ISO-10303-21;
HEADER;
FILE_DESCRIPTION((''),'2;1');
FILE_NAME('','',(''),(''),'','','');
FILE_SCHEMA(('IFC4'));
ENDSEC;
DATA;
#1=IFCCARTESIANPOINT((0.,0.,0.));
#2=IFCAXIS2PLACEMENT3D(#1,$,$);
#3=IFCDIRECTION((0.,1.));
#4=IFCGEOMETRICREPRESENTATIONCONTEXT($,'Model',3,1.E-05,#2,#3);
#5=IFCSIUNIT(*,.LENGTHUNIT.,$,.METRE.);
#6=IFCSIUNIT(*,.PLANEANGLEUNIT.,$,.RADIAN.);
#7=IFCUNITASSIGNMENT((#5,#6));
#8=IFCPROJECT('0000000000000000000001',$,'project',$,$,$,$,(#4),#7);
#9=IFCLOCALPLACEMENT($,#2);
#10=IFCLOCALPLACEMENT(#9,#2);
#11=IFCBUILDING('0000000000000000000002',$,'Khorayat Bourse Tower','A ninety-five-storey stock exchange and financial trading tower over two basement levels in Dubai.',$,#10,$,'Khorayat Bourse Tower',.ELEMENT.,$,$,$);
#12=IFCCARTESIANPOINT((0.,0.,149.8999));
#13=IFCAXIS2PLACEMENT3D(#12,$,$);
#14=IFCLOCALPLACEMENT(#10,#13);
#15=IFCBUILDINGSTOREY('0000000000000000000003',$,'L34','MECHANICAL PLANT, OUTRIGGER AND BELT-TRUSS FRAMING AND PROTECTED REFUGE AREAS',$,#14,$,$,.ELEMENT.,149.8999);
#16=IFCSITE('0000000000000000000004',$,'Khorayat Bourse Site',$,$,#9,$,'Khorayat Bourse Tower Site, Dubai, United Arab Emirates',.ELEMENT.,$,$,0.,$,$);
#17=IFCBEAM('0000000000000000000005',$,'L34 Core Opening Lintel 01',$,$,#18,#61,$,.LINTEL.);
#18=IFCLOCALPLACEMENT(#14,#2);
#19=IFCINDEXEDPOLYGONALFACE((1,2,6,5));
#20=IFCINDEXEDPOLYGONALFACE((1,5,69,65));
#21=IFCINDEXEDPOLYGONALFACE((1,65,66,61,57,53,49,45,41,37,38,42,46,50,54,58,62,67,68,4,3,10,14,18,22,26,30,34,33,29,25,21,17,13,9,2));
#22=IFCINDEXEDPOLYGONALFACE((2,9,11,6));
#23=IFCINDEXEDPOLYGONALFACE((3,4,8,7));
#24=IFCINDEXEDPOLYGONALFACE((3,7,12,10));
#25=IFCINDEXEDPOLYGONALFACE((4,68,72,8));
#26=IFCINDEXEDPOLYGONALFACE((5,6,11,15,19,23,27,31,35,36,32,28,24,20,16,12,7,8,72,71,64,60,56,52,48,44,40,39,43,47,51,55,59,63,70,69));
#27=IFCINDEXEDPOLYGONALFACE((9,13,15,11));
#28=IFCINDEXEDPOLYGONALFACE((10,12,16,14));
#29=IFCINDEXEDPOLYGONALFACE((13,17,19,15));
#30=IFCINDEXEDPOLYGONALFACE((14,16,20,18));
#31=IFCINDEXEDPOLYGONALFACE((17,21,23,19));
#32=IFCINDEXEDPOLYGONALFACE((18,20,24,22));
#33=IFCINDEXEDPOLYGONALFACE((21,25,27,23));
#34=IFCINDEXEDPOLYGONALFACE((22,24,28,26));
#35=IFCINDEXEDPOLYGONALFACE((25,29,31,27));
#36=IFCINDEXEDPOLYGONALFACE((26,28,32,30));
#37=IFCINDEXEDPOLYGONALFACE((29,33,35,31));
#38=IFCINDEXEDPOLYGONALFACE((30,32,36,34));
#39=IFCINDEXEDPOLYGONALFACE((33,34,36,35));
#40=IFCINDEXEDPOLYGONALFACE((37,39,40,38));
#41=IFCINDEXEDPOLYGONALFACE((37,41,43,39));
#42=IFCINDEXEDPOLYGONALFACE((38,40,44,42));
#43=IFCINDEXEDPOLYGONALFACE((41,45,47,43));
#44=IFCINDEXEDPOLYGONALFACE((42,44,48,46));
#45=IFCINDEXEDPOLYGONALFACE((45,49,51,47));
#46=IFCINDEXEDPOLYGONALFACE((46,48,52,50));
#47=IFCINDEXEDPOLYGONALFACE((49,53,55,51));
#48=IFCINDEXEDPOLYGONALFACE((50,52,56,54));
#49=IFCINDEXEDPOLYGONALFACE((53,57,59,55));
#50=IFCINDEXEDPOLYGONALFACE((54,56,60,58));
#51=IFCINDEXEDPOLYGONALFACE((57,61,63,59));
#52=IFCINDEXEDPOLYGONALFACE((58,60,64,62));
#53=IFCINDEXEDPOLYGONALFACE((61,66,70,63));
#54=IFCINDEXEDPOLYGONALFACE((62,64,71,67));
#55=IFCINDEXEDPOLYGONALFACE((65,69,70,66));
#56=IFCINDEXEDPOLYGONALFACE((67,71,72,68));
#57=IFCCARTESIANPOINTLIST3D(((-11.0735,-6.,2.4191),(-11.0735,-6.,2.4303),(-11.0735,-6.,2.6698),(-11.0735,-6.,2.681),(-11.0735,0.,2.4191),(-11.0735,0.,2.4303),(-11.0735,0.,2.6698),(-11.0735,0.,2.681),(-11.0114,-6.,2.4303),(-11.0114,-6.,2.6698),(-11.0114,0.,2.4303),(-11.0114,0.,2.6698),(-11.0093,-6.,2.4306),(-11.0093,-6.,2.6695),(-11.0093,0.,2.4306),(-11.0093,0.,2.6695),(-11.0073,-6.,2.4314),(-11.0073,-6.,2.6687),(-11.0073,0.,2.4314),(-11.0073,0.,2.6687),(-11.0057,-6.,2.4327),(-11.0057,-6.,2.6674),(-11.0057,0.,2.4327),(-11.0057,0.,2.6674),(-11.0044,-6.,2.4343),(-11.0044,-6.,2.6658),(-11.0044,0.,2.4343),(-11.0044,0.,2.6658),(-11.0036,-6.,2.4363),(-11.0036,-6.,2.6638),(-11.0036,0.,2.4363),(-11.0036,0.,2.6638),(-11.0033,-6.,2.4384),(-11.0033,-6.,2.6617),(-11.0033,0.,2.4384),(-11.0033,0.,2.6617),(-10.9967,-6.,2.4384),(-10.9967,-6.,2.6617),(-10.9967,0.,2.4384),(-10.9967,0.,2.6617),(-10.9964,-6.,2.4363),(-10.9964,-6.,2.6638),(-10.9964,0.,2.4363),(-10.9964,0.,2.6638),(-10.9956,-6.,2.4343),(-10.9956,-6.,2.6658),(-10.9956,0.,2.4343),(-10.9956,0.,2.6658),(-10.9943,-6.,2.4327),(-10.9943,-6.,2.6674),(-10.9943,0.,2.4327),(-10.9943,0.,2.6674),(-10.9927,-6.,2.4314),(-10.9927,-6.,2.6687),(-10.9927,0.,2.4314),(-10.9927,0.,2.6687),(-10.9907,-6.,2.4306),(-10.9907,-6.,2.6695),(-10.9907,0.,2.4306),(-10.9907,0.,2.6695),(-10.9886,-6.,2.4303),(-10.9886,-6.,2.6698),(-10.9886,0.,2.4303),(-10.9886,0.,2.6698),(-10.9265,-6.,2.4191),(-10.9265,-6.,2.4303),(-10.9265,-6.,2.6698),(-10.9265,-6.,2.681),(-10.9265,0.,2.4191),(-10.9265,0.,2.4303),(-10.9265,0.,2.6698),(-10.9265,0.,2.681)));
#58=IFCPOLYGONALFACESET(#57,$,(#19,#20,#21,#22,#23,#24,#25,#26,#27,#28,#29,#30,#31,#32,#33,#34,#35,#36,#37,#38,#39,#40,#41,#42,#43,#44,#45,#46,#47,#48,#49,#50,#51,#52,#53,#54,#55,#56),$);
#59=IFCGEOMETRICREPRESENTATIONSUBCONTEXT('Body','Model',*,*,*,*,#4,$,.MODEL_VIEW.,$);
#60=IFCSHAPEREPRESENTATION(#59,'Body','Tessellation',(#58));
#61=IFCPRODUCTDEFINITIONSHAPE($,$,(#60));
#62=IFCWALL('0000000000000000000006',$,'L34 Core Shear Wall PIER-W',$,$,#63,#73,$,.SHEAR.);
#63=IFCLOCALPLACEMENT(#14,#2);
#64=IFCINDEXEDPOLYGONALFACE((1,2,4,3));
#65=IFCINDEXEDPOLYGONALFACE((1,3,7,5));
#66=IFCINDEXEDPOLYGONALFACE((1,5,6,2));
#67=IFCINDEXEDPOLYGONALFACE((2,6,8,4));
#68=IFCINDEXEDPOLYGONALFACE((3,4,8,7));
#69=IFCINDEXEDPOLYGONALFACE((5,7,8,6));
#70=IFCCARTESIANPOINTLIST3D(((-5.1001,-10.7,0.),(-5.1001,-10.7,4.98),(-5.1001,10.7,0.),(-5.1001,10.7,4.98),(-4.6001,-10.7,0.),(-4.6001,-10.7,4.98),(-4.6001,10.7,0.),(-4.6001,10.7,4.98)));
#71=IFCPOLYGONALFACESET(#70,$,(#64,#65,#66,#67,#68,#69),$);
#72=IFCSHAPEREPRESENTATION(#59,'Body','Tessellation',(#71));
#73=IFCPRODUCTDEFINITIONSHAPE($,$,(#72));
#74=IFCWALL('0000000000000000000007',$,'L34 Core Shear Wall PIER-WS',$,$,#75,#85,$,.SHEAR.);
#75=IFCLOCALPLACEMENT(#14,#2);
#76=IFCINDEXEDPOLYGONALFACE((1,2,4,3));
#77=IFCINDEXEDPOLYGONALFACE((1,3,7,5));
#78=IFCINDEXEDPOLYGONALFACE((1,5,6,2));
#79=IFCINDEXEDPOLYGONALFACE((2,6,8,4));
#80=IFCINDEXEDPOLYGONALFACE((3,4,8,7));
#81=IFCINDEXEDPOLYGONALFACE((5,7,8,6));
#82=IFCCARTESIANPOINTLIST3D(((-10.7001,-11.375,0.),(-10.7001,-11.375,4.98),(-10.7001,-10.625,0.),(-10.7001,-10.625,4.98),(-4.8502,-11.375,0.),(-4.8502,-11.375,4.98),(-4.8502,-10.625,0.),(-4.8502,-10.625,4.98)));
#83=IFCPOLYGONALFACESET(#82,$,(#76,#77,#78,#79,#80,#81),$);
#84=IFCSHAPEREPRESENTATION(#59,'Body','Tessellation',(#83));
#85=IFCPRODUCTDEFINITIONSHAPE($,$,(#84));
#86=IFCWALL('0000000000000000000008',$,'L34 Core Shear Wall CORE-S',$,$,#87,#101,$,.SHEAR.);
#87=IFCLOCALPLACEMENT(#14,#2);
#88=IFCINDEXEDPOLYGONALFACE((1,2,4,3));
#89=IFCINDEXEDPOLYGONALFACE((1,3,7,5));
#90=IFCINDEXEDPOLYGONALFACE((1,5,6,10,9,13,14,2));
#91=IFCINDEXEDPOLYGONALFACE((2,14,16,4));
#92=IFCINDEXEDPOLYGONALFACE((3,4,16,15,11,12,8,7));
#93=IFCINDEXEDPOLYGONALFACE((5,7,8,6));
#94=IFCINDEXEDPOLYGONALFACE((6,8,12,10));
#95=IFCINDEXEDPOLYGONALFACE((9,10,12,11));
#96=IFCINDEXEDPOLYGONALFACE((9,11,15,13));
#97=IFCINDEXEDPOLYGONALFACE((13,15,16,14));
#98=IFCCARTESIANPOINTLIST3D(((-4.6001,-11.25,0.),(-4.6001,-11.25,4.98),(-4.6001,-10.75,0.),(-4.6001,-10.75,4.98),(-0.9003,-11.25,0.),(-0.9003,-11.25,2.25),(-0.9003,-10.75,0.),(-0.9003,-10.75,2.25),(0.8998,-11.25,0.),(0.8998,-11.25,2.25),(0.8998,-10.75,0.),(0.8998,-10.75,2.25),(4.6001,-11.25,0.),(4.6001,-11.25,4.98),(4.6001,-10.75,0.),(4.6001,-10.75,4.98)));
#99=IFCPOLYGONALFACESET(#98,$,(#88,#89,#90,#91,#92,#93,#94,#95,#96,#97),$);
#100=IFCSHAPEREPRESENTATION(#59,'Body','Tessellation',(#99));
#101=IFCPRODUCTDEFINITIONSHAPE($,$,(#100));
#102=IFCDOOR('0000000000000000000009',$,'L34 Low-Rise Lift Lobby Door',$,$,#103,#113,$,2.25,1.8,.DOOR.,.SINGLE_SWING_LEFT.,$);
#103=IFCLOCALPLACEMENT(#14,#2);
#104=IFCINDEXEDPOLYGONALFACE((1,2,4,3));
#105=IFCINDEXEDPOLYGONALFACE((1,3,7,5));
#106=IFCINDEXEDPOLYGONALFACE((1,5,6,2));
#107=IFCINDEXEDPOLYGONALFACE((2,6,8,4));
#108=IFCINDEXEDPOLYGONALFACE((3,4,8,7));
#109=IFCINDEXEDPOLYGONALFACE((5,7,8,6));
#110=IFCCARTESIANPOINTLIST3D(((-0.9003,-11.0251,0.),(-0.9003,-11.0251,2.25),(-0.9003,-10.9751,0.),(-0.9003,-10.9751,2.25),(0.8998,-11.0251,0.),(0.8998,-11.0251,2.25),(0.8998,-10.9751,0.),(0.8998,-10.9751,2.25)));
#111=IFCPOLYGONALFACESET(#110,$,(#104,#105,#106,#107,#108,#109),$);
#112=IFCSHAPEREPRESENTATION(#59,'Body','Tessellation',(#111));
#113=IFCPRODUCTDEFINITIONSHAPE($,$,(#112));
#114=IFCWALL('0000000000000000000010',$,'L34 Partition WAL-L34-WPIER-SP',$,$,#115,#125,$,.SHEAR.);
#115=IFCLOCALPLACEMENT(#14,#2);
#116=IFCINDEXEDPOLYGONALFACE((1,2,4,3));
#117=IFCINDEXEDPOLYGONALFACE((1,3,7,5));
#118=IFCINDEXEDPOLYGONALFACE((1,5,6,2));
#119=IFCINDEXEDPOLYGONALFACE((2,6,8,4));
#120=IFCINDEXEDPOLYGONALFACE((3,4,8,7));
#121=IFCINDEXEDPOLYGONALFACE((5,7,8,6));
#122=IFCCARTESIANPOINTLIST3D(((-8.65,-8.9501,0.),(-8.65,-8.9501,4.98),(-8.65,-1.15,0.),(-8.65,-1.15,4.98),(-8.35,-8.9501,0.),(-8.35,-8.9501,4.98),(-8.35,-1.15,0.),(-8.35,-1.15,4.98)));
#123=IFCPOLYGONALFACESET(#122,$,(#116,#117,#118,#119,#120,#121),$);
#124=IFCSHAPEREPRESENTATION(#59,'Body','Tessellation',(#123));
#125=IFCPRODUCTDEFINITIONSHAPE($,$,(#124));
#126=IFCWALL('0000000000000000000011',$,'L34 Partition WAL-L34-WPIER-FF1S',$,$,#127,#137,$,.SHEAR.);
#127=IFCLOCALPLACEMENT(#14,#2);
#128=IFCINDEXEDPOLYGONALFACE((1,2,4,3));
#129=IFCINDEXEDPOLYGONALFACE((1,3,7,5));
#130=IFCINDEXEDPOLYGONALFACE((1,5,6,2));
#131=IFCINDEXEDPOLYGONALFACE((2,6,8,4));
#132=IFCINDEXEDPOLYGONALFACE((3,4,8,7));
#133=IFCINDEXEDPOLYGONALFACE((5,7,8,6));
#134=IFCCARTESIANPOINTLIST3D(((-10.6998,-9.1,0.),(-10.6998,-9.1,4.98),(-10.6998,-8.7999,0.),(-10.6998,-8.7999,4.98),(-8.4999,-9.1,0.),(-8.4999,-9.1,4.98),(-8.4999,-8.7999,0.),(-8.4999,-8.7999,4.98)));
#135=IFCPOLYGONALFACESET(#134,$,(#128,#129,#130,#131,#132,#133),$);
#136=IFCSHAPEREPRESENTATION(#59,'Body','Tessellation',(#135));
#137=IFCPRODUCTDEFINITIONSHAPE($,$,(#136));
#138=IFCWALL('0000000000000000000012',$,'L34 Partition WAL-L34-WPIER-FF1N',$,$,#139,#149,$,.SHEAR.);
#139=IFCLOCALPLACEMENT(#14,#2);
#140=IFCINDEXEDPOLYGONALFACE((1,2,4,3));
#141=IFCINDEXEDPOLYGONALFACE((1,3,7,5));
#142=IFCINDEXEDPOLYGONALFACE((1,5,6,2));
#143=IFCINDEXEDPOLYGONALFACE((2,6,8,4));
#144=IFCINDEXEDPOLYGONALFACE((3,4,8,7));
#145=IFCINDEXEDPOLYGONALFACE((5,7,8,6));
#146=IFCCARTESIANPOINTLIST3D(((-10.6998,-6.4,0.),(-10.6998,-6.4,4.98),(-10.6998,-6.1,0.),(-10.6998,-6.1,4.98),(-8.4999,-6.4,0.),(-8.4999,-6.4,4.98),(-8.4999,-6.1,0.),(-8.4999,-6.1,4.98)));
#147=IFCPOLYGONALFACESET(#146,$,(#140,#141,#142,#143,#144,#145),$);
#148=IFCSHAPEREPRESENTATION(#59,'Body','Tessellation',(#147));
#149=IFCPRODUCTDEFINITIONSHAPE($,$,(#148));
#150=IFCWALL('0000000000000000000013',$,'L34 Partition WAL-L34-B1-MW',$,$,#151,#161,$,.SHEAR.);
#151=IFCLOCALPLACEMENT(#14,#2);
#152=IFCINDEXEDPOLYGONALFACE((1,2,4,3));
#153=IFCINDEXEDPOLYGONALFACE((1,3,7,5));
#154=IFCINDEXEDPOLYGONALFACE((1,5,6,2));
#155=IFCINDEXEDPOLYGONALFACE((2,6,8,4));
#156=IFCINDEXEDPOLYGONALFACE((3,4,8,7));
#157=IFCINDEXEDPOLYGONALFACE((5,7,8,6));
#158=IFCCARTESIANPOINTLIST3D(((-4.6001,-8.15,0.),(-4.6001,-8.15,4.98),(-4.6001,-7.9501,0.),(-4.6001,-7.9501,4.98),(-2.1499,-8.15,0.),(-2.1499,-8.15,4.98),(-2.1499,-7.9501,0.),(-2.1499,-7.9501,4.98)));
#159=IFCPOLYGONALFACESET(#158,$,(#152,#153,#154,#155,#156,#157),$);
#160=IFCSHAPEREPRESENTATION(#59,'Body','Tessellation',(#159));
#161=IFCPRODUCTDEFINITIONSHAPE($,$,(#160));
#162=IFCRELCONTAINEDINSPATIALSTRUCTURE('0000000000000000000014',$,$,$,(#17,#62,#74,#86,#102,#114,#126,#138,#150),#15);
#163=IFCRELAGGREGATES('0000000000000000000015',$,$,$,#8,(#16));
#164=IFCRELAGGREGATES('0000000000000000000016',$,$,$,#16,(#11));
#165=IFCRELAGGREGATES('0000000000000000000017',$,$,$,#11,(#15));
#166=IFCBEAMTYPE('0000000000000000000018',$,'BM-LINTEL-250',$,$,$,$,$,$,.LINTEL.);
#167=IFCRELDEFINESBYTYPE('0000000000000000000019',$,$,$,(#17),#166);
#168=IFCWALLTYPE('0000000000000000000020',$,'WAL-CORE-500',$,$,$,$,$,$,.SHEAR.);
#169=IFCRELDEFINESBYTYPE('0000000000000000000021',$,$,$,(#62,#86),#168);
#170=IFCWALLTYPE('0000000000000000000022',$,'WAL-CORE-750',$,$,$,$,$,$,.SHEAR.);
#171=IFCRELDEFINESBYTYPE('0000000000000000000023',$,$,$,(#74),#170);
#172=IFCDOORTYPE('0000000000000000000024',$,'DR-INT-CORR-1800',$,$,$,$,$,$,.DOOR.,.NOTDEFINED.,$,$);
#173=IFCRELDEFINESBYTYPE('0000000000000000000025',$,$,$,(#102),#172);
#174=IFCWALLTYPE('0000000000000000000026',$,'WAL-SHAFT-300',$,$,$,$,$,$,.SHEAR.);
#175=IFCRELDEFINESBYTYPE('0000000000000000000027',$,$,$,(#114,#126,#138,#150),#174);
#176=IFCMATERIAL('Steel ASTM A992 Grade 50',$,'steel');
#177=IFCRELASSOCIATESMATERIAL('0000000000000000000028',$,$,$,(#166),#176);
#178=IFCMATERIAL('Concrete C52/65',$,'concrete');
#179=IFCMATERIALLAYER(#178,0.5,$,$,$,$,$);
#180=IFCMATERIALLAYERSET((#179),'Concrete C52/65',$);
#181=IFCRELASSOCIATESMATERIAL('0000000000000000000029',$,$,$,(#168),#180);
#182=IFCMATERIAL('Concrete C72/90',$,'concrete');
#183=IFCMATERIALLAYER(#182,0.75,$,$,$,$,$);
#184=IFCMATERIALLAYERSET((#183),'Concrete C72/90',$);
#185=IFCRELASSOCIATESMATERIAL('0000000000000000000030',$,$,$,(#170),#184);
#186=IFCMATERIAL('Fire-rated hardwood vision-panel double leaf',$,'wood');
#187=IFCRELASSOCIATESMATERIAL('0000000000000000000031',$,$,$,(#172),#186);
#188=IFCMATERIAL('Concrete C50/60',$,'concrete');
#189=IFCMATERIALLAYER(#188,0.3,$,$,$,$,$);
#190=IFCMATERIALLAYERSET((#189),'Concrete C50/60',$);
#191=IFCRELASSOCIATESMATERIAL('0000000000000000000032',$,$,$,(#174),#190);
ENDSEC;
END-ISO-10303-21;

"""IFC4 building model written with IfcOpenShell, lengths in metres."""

from ifc_helpers import new_model, si_unit, direction, frame, frame_2d, origin, origin_2d, place, context, subcontext, project, spatial, rectangle, i_section, extrude, source, transform, mapped, material, layer, layer_set, material_profile, profile_set, type_object, element, fill, save


model = new_model("IFC4")

# Units and contexts
model_context = context("Model", 3, precision=1e-05, world=origin(), true_north=direction((0.0, 1.0)))
body_context = subcontext(model_context, "Body", "Model", "MODEL_VIEW")
ifc_project = project(units=[si_unit("LENGTHUNIT", "METRE"), si_unit("PLANEANGLEUNIT", "RADIAN")], contexts=[model_context])

# Site, building, storey
site_placement = place(None, origin())
site = spatial("IfcSite", under=ifc_project, at=site_placement, Name="Khorayat Bourse Site", LongName="Khorayat Bourse Tower Site, Dubai, United Arab Emirates", CompositionType="ELEMENT", RefElevation=0.0)
building_placement = place(site_placement, origin())
building = spatial("IfcBuilding", under=site, at=building_placement, Name="Khorayat Bourse Tower", Description="A ninety-five-storey stock exchange and financial trading tower over two basement levels in Dubai.", LongName="Khorayat Bourse Tower", CompositionType="ELEMENT")
storey_placement = place(building_placement, frame((0.0, 0.0, 149.8999)))
storey = spatial("IfcBuildingStorey", under=building, at=storey_placement, Name="L34", Description="MECHANICAL PLANT, OUTRIGGER AND BELT-TRUSS FRAMING AND PROTECTED REFUGE AREAS", CompositionType="ELEMENT", Elevation=149.8999)

# Beam
ifc_material_1 = material(Name="Concrete C72/90", Category="concrete")
ifc_material_2 = material(Name="Steel ASTM A992 Grade 50", Category="steel")
ifc_material_profile_1 = material_profile(ifc_material_2, i_section(OverallWidth=0.147, OverallDepth=0.262, WebThickness=0.0066, FlangeThickness=0.0112, FilletRadius=0.0081, at=origin_2d()), Name="W250X39")
ifc_profile_set_1 = profile_set([ifc_material_profile_1], Name="Steel ASTM A992 Grade 50")
beam_type_1 = type_object("IfcBeamType", Name="BM-LINTEL-250", PredefinedType="LINTEL", material=ifc_profile_set_1)
shared_shape_1 = source(origin(), body_context, "Body", "SweptSolid", [
    extrude(i_section(OverallWidth=0.147, OverallDepth=0.262, WebThickness=0.0066, FlangeThickness=0.0112, FilletRadius=0.0081, at=origin_2d()), origin(), (0.0, 0.0, 1.0), 6.0),
])
beam_1_placement = place(storey_placement, frame((-11.0, -6.0, 2.55), z_axis=(0.0, 1.0, 0.0), x_axis=(-1.0, 0.0, 0.0)))
element("IfcBeam", 1, at=beam_1_placement, inside=storey, type_object=beam_type_1, Name="L34 Core Opening Lintel 01", PredefinedType="LINTEL", context=body_context, shape_type="MappedRepresentation", body=[
    mapped(shared_shape_1, transform((0.0, 0.0, 0.0), scale=1.0)),
])

# Walls
ifc_material_3 = material(Name="Concrete C52/65", Category="concrete")
ifc_layer_1 = layer(ifc_material_3, 0.5)
ifc_layer_set_1 = layer_set([ifc_layer_1], Name="Concrete C52/65")
wall_type_1 = type_object("IfcWallType", Name="WAL-CORE-500", PredefinedType="SHEAR", material=ifc_layer_set_1)
shared_shape_2 = source(origin(), body_context, "Body", "SweptSolid", [
    extrude(rectangle(XDim=21.3999, YDim=0.5, at=frame_2d((10.7, 0.0))), origin(), (0.0, 0.0, 1.0), 4.98),
])
wall_1_placement = place(storey_placement, frame((-4.8501, -10.7, 0.0), z_axis=(0.0, 0.0, 1.0), x_axis=(0.0, 1.0, 0.0)))
element("IfcWall", 2, at=wall_1_placement, inside=storey, type_object=wall_type_1, Name="L34 Core Shear Wall PIER-W", PredefinedType="SHEAR", context=body_context, shape_type="MappedRepresentation", body=[
    mapped(shared_shape_2, transform((0.0, 0.0, 0.0), scale=1.0)),
])
ifc_layer_2 = layer(ifc_material_1, 0.75)
ifc_layer_set_2 = layer_set([ifc_layer_2], Name="Concrete C72/90")
wall_type_2 = type_object("IfcWallType", Name="WAL-CORE-750", PredefinedType="SHEAR", material=ifc_layer_set_2)
shared_shape_3 = source(origin(), body_context, "Body", "SweptSolid", [
    extrude(rectangle(XDim=5.8499, YDim=0.75, at=frame_2d((2.9248, 0.0))), origin(), (0.0, 0.0, 1.0), 4.98),
])
wall_2_placement = place(storey_placement, frame((-10.7, -11.0, 0.0), z_axis=(0.0, 0.0, 1.0), x_axis=(1.0, 0.0, 0.0)))
element("IfcWall", 3, at=wall_2_placement, inside=storey, type_object=wall_type_2, Name="L34 Core Shear Wall PIER-WS", PredefinedType="SHEAR", context=body_context, shape_type="MappedRepresentation", body=[
    mapped(shared_shape_3, transform((0.0, 0.0, 0.0), scale=1.0)),
])

# Wall, opening, door
shared_shape_4 = source(origin(), body_context, "Body", "SweptSolid", [
    extrude(rectangle(XDim=9.2002, YDim=0.5, at=frame_2d((4.6001, 0.0))), origin(), (0.0, 0.0, 1.0), 4.98),
])
wall_3_placement = place(storey_placement, frame((-4.6001, -11.0, 0.0), z_axis=(0.0, 0.0, 1.0), x_axis=(1.0, 0.0, 0.0)))
wall_3 = element("IfcWall", 4, at=wall_3_placement, inside=storey, type_object=wall_type_1, Name="L34 Core Shear Wall CORE-S", PredefinedType="SHEAR", context=body_context, shape_type="MappedRepresentation", body=[
    mapped(shared_shape_4, transform((0.0, 0.0, 0.0), scale=1.0)),
])
shared_shape_5 = source(origin(), body_context, "Body", "SweptSolid", [
    extrude(rectangle(XDim=1.8, YDim=2.25, at=frame_2d((0.8999, 1.125))), frame((0.0, 0.26, 0.0), z_axis=(0.0, -1.0, 0.0), x_axis=(1.0, 0.0, 0.0)), (0.0, 0.0, 1.0), 0.52),
])
opening_1_placement = place(wall_3_placement, frame((3.7, 0.0, 0.0)))
opening_1 = element("IfcOpeningElement", 5, at=opening_1_placement, cuts=wall_3, PredefinedType="OPENING", context=body_context, shape_type="MappedRepresentation", body=[
    mapped(shared_shape_5, transform((0.0, 0.0, 0.0), scale=1.0)),
])
ifc_material_4 = material(Name="Fire-rated hardwood vision-panel double leaf", Category="wood")
door_type_1 = type_object("IfcDoorType", Name="DR-INT-CORR-1800", OperationType="NOTDEFINED", PredefinedType="DOOR", material=ifc_material_4)
shared_shape_6 = source(origin(), body_context, "Body", "SweptSolid", [
    extrude(rectangle(XDim=1.8, YDim=2.25, at=frame_2d((0.8999, 1.125))), frame((0.0, 0.0249, 0.0), z_axis=(0.0, -1.0, 0.0), x_axis=(1.0, 0.0, 0.0)), (0.0, 0.0, 1.0), 0.05),
])
door_1_placement = place(opening_1_placement, origin())
door_1 = element("IfcDoor", 6, at=door_1_placement, inside=storey, type_object=door_type_1, Name="L34 Low-Rise Lift Lobby Door", OperationType="SINGLE_SWING_LEFT", OverallHeight=2.25, OverallWidth=1.8, PredefinedType="DOOR", context=body_context, shape_type="MappedRepresentation", body=[
    mapped(shared_shape_6, transform((0.0, 0.0, 0.0), scale=1.0)),
])
fill(opening_1, door_1)

# Walls
ifc_material_5 = material(Name="Concrete C50/60", Category="concrete")
ifc_layer_3 = layer(ifc_material_5, 0.3)
ifc_layer_set_3 = layer_set([ifc_layer_3], Name="Concrete C50/60")
wall_type_3 = type_object("IfcWallType", Name="WAL-SHAFT-300", PredefinedType="SHEAR", material=ifc_layer_set_3)
shared_shape_7 = source(origin(), body_context, "Body", "SweptSolid", [
    extrude(rectangle(XDim=7.8, YDim=0.3, at=frame_2d((3.8999, 0.0))), origin(), (0.0, 0.0, 1.0), 4.98),
])
wall_4_placement = place(storey_placement, frame((-8.5, -8.95, 0.0), z_axis=(0.0, 0.0, 1.0), x_axis=(0.0, 1.0, 0.0)))
element("IfcWall", 7, at=wall_4_placement, inside=storey, type_object=wall_type_3, Name="L34 Partition WAL-L34-WPIER-SP", PredefinedType="SHEAR", context=body_context, shape_type="MappedRepresentation", body=[
    mapped(shared_shape_7, transform((0.0, 0.0, 0.0), scale=1.0)),
])
shared_shape_8 = source(origin(), body_context, "Body", "SweptSolid", [
    extrude(rectangle(XDim=2.2, YDim=0.3, at=frame_2d((1.1001, 0.0))), origin(), (0.0, 0.0, 1.0), 4.98),
])
for number, where, z_axis, x_axis, name in (
    (8, (-10.7, -8.95, 0.0), (0.0, 0.0, 1.0), (1.0, 0.0, 0.0), "L34 Partition WAL-L34-WPIER-FF1S"),
    (9, (-10.7, -6.25, 0.0), (0.0, 0.0, 1.0), (1.0, 0.0, 0.0), "L34 Partition WAL-L34-WPIER-FF1N"),
):
    element("IfcWall", number, at=place(storey_placement, frame(where, z_axis=z_axis, x_axis=x_axis)), inside=storey, type_object=wall_type_3, Name=name, PredefinedType="SHEAR", context=body_context, shape_type="MappedRepresentation", body=[
        mapped(shared_shape_8, transform((0.0, 0.0, 0.0), scale=1.0)),
    ])
shared_shape_9 = source(origin(), body_context, "Body", "SweptSolid", [
    extrude(rectangle(XDim=2.4502, YDim=0.2, at=frame_2d((1.2251, 0.0))), origin(), (0.0, 0.0, 1.0), 4.98),
])
wall_5_placement = place(storey_placement, frame((-4.6001, -8.05, 0.0), z_axis=(0.0, 0.0, 1.0), x_axis=(1.0, 0.0, 0.0)))
element("IfcWall", 10, at=wall_5_placement, inside=storey, type_object=wall_type_3, Name="L34 Partition WAL-L34-B1-MW", PredefinedType="SHEAR", context=body_context, shape_type="MappedRepresentation", body=[
    mapped(shared_shape_9, transform((0.0, 0.0, 0.0), scale=1.0)),
])

save(model, "model.ifc")
